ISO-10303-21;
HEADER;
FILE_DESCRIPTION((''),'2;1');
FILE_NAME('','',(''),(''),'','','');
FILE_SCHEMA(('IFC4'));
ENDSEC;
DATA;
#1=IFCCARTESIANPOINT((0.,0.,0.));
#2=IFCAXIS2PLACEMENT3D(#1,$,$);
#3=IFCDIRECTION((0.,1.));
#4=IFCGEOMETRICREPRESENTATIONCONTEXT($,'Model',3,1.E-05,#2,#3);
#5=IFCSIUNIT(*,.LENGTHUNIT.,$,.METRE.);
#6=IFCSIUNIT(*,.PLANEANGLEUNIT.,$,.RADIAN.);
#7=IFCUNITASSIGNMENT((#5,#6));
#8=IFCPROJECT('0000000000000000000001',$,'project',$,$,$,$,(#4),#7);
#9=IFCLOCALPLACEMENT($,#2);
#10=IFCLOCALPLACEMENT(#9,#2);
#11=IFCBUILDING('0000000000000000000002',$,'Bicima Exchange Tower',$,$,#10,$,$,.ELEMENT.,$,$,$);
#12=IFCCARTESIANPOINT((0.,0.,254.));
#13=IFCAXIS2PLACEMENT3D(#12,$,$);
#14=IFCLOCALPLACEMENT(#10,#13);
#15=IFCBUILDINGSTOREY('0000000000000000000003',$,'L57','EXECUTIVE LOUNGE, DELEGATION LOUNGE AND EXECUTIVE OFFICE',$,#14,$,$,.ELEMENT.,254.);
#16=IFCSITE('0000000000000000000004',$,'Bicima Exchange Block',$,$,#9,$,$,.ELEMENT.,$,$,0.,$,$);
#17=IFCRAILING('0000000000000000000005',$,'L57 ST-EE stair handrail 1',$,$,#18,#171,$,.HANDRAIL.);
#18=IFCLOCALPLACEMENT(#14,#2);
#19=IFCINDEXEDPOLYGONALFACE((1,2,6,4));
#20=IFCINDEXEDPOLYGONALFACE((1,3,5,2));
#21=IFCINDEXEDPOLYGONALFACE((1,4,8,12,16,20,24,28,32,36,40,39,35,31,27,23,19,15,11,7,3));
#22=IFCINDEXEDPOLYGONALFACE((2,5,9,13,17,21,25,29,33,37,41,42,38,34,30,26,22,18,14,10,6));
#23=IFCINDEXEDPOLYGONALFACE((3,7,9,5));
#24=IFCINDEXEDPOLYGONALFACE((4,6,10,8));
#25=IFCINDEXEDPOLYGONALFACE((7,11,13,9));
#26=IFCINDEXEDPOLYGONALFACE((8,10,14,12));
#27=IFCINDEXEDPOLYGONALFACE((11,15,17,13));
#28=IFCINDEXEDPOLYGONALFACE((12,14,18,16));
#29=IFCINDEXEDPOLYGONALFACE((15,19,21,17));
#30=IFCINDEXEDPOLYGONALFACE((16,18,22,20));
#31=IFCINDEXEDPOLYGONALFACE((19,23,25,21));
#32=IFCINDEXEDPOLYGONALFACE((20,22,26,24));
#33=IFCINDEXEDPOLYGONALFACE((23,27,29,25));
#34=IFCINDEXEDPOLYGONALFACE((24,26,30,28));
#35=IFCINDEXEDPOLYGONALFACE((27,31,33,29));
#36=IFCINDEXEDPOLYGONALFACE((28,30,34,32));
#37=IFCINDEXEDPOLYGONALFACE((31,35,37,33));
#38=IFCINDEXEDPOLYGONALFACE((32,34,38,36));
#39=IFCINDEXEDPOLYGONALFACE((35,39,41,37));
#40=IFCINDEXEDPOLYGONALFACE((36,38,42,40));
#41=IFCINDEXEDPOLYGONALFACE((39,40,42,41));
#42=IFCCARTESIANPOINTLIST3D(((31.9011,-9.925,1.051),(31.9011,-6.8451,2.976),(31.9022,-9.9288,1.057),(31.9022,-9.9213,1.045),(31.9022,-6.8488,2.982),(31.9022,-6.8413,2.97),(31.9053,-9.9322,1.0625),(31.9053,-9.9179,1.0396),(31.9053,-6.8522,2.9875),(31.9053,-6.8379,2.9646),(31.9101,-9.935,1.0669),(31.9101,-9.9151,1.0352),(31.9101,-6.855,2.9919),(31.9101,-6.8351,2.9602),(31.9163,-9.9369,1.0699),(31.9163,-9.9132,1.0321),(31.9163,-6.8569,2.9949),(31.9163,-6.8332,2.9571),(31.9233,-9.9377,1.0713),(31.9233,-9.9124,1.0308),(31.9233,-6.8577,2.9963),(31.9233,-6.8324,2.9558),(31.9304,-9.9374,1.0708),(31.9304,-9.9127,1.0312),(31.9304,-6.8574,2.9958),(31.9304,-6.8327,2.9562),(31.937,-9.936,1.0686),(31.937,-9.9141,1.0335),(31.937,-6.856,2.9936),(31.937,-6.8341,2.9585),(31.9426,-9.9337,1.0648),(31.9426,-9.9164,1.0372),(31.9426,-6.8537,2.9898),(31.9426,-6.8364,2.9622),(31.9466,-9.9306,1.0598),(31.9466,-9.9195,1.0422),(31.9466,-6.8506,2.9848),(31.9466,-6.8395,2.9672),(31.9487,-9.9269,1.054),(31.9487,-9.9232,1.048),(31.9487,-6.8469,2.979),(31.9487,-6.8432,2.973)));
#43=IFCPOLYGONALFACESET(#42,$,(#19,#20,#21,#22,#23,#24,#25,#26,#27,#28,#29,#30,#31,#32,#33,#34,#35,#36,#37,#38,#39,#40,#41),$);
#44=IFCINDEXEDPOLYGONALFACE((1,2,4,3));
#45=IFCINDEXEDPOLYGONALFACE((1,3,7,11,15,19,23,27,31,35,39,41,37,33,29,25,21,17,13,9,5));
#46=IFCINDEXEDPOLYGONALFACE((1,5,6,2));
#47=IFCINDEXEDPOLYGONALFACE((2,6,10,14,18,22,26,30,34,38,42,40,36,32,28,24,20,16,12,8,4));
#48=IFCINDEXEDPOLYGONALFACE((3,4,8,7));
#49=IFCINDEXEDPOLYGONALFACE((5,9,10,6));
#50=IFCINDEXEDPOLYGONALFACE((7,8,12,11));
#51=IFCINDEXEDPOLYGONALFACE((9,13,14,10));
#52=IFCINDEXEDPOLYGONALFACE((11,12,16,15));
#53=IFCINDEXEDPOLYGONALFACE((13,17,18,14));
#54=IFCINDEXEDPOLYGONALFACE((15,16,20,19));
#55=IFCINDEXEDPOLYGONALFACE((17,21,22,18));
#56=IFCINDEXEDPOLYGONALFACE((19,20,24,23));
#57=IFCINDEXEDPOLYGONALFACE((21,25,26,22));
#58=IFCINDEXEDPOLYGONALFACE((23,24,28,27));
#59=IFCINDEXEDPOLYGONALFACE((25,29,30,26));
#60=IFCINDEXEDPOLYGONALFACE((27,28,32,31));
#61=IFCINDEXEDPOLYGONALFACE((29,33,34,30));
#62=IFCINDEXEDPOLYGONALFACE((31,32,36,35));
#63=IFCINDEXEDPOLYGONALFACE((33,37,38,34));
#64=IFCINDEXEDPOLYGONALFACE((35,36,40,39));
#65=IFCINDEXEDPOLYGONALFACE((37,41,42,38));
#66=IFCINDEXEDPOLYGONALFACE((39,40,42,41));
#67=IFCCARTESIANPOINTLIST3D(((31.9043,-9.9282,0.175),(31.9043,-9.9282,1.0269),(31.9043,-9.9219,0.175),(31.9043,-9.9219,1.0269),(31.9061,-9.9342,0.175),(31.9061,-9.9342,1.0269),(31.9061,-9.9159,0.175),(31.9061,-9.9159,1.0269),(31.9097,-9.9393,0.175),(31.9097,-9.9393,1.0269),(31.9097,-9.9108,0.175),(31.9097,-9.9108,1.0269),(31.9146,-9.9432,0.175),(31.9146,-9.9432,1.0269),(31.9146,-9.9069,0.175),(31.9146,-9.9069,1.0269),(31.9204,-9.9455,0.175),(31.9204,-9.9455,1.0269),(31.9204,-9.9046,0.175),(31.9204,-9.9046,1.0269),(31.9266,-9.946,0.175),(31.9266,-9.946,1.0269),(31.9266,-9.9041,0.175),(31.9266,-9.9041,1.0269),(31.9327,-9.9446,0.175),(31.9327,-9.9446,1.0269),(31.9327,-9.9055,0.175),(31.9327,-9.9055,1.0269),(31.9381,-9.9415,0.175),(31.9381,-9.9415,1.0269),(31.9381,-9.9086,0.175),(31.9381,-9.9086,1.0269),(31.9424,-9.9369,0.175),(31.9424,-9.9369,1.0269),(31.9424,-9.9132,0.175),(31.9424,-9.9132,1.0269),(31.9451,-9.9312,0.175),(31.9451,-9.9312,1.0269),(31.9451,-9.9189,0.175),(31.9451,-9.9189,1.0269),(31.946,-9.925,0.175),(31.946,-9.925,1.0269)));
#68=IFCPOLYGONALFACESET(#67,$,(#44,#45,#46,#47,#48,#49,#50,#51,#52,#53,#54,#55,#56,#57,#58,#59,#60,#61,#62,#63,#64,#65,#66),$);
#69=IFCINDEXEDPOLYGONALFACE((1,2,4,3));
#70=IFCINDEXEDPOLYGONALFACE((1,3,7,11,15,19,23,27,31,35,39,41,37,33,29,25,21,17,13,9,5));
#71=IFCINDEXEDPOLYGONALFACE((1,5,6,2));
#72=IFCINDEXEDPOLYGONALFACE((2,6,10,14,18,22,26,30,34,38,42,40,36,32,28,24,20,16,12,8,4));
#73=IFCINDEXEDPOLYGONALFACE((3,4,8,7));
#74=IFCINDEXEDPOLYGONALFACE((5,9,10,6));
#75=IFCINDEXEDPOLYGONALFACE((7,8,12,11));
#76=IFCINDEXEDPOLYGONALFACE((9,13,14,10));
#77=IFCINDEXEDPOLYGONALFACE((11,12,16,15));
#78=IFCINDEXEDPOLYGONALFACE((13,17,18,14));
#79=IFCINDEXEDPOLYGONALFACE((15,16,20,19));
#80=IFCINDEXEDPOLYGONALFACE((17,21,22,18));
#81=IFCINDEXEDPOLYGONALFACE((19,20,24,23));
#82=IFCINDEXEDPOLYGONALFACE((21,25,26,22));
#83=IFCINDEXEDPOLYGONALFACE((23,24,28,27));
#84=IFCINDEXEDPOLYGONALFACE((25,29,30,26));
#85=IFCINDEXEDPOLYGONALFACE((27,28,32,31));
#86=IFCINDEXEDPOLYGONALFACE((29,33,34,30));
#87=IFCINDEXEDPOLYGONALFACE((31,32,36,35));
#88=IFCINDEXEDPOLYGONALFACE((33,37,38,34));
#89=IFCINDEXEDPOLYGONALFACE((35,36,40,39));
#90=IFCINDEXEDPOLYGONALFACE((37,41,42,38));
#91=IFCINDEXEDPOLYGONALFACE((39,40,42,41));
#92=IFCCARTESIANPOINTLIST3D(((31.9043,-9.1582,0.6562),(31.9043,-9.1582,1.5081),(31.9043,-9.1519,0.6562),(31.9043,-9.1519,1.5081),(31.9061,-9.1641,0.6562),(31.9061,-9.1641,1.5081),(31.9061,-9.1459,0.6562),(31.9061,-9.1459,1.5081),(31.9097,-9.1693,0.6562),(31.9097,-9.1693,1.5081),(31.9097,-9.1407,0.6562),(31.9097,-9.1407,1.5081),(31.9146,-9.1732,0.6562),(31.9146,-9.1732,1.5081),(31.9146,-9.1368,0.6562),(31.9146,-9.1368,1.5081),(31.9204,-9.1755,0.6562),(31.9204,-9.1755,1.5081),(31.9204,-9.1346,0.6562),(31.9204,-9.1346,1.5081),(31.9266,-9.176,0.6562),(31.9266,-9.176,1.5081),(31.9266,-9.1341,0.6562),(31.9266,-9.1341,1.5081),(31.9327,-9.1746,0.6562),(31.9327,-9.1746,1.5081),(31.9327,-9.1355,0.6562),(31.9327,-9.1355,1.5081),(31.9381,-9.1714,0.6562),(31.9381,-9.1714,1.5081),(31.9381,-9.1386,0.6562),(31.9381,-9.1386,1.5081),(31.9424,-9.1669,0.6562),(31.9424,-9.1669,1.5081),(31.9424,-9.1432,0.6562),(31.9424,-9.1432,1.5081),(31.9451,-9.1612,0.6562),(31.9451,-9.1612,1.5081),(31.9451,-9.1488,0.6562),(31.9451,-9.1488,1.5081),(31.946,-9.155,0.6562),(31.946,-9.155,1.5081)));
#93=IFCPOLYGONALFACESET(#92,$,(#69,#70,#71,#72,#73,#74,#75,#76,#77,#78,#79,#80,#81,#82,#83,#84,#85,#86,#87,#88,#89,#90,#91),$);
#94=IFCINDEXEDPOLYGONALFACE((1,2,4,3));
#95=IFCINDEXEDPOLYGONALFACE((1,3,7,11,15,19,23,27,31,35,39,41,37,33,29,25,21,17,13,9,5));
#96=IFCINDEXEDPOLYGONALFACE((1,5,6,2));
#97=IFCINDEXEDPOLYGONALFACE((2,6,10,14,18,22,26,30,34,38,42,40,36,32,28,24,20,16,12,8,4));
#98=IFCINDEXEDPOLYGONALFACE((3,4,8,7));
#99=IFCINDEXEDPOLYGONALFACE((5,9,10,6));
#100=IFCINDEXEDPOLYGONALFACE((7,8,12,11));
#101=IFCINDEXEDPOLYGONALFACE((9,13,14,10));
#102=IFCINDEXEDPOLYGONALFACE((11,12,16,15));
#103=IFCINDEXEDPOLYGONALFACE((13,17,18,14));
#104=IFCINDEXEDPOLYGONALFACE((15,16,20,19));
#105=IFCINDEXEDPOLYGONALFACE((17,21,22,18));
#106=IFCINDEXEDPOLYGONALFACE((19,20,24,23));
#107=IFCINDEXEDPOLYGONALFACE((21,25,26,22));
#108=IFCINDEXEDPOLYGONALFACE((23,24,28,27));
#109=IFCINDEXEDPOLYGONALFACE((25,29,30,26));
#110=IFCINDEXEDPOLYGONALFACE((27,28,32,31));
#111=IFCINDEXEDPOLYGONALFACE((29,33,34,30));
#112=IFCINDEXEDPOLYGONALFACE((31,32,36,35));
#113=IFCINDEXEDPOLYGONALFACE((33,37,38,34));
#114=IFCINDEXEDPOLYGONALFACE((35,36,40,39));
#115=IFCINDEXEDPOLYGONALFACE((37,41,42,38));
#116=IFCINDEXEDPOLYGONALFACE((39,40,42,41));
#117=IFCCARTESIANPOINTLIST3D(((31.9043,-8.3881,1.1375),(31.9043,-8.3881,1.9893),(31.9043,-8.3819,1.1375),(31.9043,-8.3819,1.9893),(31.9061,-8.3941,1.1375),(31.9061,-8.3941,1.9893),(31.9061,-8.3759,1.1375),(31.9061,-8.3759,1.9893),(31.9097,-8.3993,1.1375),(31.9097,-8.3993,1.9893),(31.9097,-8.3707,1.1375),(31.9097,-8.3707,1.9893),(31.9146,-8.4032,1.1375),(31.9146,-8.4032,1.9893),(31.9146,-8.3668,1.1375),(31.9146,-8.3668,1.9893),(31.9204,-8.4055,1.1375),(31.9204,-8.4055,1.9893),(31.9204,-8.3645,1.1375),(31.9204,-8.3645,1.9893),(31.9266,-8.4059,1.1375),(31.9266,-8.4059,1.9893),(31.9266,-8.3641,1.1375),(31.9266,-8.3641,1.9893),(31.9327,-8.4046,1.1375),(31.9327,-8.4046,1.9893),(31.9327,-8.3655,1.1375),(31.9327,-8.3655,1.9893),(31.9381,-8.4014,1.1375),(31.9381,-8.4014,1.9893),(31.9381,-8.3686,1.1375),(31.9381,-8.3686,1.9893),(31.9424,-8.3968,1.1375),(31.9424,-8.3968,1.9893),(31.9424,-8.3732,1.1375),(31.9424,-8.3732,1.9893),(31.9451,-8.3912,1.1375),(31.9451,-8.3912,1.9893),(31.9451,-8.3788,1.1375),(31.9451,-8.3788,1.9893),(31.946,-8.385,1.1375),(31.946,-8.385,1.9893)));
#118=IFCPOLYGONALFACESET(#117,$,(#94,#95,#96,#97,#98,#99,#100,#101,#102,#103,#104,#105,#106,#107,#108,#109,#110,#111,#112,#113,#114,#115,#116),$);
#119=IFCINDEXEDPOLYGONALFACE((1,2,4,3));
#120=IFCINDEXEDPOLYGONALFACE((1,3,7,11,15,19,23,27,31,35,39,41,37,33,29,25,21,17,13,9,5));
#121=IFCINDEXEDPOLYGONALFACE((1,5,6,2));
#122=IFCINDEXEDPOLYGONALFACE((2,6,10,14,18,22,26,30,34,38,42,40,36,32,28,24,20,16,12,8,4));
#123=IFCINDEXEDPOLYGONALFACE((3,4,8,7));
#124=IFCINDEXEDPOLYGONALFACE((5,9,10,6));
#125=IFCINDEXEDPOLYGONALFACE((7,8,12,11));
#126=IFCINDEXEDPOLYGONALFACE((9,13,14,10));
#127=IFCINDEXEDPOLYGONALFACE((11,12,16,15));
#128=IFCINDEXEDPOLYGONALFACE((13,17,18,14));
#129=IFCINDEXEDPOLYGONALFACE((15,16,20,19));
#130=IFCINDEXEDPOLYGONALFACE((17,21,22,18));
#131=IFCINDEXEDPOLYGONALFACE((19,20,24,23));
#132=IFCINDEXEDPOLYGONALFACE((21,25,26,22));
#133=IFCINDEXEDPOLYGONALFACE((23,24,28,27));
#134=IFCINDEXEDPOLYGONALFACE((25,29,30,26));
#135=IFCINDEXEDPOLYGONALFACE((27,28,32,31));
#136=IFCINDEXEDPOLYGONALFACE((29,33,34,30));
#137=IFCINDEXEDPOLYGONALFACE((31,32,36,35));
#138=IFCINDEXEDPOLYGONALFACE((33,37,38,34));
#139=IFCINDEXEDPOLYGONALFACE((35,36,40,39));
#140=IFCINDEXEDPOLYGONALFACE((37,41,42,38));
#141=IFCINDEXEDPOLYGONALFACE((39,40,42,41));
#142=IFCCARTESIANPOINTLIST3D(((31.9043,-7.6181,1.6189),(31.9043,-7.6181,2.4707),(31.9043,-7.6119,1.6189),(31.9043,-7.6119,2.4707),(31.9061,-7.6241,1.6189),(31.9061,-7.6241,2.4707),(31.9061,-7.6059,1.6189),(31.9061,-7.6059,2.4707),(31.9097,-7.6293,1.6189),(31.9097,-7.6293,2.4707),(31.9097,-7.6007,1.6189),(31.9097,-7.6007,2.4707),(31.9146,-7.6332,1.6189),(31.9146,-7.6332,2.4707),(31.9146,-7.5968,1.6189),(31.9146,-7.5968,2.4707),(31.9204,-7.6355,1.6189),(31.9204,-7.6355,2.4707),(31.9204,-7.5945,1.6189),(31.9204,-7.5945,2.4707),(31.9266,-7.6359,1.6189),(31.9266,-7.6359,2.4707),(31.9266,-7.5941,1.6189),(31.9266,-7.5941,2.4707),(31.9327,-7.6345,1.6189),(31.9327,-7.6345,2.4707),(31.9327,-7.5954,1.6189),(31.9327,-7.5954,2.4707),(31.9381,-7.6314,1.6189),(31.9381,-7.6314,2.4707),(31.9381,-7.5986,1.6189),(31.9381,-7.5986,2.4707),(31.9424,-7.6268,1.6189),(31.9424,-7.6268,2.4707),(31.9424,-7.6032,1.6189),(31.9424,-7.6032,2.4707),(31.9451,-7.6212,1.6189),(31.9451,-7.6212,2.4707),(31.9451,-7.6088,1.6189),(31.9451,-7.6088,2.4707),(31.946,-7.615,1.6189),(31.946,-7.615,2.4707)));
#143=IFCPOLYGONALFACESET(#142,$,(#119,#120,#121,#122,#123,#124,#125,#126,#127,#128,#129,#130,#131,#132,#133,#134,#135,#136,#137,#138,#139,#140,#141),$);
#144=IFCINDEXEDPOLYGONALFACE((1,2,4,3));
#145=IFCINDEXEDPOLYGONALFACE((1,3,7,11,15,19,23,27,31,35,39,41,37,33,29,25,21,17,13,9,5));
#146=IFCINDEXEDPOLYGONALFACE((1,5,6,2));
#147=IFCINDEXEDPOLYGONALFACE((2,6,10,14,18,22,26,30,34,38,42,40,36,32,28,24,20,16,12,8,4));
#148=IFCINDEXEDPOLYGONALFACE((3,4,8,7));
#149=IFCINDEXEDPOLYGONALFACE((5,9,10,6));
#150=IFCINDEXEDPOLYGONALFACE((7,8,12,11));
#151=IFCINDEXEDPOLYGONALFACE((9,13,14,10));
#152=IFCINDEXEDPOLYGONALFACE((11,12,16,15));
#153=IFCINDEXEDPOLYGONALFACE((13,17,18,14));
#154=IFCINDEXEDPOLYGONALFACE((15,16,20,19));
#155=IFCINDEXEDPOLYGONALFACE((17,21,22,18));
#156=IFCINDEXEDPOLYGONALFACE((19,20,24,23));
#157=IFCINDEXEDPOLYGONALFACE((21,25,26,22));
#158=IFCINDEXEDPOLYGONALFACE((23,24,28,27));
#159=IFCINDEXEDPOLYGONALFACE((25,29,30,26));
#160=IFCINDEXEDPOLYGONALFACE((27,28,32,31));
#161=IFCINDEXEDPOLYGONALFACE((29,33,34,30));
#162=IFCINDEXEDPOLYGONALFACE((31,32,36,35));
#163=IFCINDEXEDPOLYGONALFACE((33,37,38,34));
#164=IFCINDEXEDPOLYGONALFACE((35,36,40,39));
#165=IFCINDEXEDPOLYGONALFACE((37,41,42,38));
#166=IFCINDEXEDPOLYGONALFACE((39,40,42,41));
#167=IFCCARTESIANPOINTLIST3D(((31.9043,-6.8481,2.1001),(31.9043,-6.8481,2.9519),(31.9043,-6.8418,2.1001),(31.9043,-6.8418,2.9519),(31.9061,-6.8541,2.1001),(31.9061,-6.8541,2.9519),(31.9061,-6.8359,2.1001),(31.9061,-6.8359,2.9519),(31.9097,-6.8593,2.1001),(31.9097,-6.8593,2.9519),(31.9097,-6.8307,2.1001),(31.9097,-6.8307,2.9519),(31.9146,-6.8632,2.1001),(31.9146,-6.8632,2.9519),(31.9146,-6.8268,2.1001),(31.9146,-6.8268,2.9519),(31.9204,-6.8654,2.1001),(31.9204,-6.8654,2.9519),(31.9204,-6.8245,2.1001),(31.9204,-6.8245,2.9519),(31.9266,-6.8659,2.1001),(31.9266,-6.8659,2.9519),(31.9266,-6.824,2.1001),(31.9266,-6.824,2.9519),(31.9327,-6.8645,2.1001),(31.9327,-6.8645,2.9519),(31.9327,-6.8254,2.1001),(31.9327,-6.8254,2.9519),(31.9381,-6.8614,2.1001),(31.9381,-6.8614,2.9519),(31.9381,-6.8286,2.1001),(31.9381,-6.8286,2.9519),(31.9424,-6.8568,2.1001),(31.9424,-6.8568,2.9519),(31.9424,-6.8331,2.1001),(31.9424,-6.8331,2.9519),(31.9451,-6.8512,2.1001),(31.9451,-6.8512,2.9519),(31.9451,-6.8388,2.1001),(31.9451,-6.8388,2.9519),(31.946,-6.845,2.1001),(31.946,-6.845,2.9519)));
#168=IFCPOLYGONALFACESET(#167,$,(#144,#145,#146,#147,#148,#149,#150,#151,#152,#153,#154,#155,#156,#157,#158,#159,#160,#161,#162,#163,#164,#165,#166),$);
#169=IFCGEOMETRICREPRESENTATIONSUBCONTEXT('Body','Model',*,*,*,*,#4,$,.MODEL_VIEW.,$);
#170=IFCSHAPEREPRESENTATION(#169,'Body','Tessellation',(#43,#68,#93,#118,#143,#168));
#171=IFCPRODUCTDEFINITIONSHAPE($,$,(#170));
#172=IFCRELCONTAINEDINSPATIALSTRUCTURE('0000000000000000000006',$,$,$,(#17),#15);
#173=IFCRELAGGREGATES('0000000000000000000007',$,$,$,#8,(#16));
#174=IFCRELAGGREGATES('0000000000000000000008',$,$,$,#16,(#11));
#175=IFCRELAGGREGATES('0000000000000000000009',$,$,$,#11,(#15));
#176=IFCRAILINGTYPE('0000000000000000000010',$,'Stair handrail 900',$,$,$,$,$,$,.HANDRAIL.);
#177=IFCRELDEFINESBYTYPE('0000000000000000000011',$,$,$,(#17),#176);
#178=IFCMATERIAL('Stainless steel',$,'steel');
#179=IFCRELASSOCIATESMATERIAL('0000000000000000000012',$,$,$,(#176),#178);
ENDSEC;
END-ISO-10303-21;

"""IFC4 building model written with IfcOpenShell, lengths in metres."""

from ifc_helpers import new_model, si_unit, direction, frame, origin, origin_2d, place, context, subcontext, project, spatial, circle, extrude, material, type_object, element, save


model = new_model("IFC4")

# Units and contexts
model_context = context("Model", 3, precision=1e-05, world=origin(), true_north=direction((0.0, 1.0)))
body_context = subcontext(model_context, "Body", "Model", "MODEL_VIEW")
ifc_project = project(units=[si_unit("LENGTHUNIT", "METRE"), si_unit("PLANEANGLEUNIT", "RADIAN")], contexts=[model_context])

# Site, building, storey
site_placement = place(None, origin())
site = spatial("IfcSite", under=ifc_project, at=site_placement, Name="Bicima Exchange Block", CompositionType="ELEMENT", RefElevation=0.0)
building_placement = place(site_placement, origin())
building = spatial("IfcBuilding", under=site, at=building_placement, Name="Bicima Exchange Tower", CompositionType="ELEMENT")
storey_placement = place(building_placement, frame((0.0, 0.0, 254.0)))
storey = spatial("IfcBuildingStorey", under=building, at=storey_placement, Name="L57", Description="EXECUTIVE LOUNGE, DELEGATION LOUNGE AND EXECUTIVE OFFICE", CompositionType="ELEMENT", Elevation=254.0)

# Railing
ifc_material_1 = material(Name="Stainless steel", Category="steel")
railing_type = type_object("IfcRailingType", Name="Stair handrail 900", PredefinedType="HANDRAIL", material=ifc_material_1)
railing_placement = place(storey_placement, frame((31.925, -9.925, 0.175)))
element("IfcRailing", 1, at=railing_placement, inside=storey, type_object=railing_type, Name="L57 ST-EE stair handrail 1", PredefinedType="HANDRAIL", context=body_context, shape_type="SweptSolid", body=[
    extrude(circle(Radius=0.0239, at=origin_2d()), frame((0.0, 0.0, 0.876), z_axis=(0.0, 0.847998, 0.529999), x_axis=(-1.0, 0.0, 0.0)), (0.0, 0.0, 1.0), 3.6321),
    extrude(circle(Radius=0.021, at=origin_2d()), origin(), (0.0, 0.0, 1.0), 0.8518),
    extrude(circle(Radius=0.021, at=origin_2d()), frame((0.0, 0.77, 0.4812)), (0.0, 0.0, 1.0), 0.8518),
    extrude(circle(Radius=0.021, at=origin_2d()), frame((0.0, 1.54, 0.9624)), (0.0, 0.0, 1.0), 0.8518),
    extrude(circle(Radius=0.021, at=origin_2d()), frame((0.0, 2.3101, 1.4438)), (0.0, 0.0, 1.0), 0.8518),
    extrude(circle(Radius=0.021, at=origin_2d()), frame((0.0, 3.0801, 1.925)), (0.0, 0.0, 1.0), 0.8518),
])

save(model, "model.ifc")
